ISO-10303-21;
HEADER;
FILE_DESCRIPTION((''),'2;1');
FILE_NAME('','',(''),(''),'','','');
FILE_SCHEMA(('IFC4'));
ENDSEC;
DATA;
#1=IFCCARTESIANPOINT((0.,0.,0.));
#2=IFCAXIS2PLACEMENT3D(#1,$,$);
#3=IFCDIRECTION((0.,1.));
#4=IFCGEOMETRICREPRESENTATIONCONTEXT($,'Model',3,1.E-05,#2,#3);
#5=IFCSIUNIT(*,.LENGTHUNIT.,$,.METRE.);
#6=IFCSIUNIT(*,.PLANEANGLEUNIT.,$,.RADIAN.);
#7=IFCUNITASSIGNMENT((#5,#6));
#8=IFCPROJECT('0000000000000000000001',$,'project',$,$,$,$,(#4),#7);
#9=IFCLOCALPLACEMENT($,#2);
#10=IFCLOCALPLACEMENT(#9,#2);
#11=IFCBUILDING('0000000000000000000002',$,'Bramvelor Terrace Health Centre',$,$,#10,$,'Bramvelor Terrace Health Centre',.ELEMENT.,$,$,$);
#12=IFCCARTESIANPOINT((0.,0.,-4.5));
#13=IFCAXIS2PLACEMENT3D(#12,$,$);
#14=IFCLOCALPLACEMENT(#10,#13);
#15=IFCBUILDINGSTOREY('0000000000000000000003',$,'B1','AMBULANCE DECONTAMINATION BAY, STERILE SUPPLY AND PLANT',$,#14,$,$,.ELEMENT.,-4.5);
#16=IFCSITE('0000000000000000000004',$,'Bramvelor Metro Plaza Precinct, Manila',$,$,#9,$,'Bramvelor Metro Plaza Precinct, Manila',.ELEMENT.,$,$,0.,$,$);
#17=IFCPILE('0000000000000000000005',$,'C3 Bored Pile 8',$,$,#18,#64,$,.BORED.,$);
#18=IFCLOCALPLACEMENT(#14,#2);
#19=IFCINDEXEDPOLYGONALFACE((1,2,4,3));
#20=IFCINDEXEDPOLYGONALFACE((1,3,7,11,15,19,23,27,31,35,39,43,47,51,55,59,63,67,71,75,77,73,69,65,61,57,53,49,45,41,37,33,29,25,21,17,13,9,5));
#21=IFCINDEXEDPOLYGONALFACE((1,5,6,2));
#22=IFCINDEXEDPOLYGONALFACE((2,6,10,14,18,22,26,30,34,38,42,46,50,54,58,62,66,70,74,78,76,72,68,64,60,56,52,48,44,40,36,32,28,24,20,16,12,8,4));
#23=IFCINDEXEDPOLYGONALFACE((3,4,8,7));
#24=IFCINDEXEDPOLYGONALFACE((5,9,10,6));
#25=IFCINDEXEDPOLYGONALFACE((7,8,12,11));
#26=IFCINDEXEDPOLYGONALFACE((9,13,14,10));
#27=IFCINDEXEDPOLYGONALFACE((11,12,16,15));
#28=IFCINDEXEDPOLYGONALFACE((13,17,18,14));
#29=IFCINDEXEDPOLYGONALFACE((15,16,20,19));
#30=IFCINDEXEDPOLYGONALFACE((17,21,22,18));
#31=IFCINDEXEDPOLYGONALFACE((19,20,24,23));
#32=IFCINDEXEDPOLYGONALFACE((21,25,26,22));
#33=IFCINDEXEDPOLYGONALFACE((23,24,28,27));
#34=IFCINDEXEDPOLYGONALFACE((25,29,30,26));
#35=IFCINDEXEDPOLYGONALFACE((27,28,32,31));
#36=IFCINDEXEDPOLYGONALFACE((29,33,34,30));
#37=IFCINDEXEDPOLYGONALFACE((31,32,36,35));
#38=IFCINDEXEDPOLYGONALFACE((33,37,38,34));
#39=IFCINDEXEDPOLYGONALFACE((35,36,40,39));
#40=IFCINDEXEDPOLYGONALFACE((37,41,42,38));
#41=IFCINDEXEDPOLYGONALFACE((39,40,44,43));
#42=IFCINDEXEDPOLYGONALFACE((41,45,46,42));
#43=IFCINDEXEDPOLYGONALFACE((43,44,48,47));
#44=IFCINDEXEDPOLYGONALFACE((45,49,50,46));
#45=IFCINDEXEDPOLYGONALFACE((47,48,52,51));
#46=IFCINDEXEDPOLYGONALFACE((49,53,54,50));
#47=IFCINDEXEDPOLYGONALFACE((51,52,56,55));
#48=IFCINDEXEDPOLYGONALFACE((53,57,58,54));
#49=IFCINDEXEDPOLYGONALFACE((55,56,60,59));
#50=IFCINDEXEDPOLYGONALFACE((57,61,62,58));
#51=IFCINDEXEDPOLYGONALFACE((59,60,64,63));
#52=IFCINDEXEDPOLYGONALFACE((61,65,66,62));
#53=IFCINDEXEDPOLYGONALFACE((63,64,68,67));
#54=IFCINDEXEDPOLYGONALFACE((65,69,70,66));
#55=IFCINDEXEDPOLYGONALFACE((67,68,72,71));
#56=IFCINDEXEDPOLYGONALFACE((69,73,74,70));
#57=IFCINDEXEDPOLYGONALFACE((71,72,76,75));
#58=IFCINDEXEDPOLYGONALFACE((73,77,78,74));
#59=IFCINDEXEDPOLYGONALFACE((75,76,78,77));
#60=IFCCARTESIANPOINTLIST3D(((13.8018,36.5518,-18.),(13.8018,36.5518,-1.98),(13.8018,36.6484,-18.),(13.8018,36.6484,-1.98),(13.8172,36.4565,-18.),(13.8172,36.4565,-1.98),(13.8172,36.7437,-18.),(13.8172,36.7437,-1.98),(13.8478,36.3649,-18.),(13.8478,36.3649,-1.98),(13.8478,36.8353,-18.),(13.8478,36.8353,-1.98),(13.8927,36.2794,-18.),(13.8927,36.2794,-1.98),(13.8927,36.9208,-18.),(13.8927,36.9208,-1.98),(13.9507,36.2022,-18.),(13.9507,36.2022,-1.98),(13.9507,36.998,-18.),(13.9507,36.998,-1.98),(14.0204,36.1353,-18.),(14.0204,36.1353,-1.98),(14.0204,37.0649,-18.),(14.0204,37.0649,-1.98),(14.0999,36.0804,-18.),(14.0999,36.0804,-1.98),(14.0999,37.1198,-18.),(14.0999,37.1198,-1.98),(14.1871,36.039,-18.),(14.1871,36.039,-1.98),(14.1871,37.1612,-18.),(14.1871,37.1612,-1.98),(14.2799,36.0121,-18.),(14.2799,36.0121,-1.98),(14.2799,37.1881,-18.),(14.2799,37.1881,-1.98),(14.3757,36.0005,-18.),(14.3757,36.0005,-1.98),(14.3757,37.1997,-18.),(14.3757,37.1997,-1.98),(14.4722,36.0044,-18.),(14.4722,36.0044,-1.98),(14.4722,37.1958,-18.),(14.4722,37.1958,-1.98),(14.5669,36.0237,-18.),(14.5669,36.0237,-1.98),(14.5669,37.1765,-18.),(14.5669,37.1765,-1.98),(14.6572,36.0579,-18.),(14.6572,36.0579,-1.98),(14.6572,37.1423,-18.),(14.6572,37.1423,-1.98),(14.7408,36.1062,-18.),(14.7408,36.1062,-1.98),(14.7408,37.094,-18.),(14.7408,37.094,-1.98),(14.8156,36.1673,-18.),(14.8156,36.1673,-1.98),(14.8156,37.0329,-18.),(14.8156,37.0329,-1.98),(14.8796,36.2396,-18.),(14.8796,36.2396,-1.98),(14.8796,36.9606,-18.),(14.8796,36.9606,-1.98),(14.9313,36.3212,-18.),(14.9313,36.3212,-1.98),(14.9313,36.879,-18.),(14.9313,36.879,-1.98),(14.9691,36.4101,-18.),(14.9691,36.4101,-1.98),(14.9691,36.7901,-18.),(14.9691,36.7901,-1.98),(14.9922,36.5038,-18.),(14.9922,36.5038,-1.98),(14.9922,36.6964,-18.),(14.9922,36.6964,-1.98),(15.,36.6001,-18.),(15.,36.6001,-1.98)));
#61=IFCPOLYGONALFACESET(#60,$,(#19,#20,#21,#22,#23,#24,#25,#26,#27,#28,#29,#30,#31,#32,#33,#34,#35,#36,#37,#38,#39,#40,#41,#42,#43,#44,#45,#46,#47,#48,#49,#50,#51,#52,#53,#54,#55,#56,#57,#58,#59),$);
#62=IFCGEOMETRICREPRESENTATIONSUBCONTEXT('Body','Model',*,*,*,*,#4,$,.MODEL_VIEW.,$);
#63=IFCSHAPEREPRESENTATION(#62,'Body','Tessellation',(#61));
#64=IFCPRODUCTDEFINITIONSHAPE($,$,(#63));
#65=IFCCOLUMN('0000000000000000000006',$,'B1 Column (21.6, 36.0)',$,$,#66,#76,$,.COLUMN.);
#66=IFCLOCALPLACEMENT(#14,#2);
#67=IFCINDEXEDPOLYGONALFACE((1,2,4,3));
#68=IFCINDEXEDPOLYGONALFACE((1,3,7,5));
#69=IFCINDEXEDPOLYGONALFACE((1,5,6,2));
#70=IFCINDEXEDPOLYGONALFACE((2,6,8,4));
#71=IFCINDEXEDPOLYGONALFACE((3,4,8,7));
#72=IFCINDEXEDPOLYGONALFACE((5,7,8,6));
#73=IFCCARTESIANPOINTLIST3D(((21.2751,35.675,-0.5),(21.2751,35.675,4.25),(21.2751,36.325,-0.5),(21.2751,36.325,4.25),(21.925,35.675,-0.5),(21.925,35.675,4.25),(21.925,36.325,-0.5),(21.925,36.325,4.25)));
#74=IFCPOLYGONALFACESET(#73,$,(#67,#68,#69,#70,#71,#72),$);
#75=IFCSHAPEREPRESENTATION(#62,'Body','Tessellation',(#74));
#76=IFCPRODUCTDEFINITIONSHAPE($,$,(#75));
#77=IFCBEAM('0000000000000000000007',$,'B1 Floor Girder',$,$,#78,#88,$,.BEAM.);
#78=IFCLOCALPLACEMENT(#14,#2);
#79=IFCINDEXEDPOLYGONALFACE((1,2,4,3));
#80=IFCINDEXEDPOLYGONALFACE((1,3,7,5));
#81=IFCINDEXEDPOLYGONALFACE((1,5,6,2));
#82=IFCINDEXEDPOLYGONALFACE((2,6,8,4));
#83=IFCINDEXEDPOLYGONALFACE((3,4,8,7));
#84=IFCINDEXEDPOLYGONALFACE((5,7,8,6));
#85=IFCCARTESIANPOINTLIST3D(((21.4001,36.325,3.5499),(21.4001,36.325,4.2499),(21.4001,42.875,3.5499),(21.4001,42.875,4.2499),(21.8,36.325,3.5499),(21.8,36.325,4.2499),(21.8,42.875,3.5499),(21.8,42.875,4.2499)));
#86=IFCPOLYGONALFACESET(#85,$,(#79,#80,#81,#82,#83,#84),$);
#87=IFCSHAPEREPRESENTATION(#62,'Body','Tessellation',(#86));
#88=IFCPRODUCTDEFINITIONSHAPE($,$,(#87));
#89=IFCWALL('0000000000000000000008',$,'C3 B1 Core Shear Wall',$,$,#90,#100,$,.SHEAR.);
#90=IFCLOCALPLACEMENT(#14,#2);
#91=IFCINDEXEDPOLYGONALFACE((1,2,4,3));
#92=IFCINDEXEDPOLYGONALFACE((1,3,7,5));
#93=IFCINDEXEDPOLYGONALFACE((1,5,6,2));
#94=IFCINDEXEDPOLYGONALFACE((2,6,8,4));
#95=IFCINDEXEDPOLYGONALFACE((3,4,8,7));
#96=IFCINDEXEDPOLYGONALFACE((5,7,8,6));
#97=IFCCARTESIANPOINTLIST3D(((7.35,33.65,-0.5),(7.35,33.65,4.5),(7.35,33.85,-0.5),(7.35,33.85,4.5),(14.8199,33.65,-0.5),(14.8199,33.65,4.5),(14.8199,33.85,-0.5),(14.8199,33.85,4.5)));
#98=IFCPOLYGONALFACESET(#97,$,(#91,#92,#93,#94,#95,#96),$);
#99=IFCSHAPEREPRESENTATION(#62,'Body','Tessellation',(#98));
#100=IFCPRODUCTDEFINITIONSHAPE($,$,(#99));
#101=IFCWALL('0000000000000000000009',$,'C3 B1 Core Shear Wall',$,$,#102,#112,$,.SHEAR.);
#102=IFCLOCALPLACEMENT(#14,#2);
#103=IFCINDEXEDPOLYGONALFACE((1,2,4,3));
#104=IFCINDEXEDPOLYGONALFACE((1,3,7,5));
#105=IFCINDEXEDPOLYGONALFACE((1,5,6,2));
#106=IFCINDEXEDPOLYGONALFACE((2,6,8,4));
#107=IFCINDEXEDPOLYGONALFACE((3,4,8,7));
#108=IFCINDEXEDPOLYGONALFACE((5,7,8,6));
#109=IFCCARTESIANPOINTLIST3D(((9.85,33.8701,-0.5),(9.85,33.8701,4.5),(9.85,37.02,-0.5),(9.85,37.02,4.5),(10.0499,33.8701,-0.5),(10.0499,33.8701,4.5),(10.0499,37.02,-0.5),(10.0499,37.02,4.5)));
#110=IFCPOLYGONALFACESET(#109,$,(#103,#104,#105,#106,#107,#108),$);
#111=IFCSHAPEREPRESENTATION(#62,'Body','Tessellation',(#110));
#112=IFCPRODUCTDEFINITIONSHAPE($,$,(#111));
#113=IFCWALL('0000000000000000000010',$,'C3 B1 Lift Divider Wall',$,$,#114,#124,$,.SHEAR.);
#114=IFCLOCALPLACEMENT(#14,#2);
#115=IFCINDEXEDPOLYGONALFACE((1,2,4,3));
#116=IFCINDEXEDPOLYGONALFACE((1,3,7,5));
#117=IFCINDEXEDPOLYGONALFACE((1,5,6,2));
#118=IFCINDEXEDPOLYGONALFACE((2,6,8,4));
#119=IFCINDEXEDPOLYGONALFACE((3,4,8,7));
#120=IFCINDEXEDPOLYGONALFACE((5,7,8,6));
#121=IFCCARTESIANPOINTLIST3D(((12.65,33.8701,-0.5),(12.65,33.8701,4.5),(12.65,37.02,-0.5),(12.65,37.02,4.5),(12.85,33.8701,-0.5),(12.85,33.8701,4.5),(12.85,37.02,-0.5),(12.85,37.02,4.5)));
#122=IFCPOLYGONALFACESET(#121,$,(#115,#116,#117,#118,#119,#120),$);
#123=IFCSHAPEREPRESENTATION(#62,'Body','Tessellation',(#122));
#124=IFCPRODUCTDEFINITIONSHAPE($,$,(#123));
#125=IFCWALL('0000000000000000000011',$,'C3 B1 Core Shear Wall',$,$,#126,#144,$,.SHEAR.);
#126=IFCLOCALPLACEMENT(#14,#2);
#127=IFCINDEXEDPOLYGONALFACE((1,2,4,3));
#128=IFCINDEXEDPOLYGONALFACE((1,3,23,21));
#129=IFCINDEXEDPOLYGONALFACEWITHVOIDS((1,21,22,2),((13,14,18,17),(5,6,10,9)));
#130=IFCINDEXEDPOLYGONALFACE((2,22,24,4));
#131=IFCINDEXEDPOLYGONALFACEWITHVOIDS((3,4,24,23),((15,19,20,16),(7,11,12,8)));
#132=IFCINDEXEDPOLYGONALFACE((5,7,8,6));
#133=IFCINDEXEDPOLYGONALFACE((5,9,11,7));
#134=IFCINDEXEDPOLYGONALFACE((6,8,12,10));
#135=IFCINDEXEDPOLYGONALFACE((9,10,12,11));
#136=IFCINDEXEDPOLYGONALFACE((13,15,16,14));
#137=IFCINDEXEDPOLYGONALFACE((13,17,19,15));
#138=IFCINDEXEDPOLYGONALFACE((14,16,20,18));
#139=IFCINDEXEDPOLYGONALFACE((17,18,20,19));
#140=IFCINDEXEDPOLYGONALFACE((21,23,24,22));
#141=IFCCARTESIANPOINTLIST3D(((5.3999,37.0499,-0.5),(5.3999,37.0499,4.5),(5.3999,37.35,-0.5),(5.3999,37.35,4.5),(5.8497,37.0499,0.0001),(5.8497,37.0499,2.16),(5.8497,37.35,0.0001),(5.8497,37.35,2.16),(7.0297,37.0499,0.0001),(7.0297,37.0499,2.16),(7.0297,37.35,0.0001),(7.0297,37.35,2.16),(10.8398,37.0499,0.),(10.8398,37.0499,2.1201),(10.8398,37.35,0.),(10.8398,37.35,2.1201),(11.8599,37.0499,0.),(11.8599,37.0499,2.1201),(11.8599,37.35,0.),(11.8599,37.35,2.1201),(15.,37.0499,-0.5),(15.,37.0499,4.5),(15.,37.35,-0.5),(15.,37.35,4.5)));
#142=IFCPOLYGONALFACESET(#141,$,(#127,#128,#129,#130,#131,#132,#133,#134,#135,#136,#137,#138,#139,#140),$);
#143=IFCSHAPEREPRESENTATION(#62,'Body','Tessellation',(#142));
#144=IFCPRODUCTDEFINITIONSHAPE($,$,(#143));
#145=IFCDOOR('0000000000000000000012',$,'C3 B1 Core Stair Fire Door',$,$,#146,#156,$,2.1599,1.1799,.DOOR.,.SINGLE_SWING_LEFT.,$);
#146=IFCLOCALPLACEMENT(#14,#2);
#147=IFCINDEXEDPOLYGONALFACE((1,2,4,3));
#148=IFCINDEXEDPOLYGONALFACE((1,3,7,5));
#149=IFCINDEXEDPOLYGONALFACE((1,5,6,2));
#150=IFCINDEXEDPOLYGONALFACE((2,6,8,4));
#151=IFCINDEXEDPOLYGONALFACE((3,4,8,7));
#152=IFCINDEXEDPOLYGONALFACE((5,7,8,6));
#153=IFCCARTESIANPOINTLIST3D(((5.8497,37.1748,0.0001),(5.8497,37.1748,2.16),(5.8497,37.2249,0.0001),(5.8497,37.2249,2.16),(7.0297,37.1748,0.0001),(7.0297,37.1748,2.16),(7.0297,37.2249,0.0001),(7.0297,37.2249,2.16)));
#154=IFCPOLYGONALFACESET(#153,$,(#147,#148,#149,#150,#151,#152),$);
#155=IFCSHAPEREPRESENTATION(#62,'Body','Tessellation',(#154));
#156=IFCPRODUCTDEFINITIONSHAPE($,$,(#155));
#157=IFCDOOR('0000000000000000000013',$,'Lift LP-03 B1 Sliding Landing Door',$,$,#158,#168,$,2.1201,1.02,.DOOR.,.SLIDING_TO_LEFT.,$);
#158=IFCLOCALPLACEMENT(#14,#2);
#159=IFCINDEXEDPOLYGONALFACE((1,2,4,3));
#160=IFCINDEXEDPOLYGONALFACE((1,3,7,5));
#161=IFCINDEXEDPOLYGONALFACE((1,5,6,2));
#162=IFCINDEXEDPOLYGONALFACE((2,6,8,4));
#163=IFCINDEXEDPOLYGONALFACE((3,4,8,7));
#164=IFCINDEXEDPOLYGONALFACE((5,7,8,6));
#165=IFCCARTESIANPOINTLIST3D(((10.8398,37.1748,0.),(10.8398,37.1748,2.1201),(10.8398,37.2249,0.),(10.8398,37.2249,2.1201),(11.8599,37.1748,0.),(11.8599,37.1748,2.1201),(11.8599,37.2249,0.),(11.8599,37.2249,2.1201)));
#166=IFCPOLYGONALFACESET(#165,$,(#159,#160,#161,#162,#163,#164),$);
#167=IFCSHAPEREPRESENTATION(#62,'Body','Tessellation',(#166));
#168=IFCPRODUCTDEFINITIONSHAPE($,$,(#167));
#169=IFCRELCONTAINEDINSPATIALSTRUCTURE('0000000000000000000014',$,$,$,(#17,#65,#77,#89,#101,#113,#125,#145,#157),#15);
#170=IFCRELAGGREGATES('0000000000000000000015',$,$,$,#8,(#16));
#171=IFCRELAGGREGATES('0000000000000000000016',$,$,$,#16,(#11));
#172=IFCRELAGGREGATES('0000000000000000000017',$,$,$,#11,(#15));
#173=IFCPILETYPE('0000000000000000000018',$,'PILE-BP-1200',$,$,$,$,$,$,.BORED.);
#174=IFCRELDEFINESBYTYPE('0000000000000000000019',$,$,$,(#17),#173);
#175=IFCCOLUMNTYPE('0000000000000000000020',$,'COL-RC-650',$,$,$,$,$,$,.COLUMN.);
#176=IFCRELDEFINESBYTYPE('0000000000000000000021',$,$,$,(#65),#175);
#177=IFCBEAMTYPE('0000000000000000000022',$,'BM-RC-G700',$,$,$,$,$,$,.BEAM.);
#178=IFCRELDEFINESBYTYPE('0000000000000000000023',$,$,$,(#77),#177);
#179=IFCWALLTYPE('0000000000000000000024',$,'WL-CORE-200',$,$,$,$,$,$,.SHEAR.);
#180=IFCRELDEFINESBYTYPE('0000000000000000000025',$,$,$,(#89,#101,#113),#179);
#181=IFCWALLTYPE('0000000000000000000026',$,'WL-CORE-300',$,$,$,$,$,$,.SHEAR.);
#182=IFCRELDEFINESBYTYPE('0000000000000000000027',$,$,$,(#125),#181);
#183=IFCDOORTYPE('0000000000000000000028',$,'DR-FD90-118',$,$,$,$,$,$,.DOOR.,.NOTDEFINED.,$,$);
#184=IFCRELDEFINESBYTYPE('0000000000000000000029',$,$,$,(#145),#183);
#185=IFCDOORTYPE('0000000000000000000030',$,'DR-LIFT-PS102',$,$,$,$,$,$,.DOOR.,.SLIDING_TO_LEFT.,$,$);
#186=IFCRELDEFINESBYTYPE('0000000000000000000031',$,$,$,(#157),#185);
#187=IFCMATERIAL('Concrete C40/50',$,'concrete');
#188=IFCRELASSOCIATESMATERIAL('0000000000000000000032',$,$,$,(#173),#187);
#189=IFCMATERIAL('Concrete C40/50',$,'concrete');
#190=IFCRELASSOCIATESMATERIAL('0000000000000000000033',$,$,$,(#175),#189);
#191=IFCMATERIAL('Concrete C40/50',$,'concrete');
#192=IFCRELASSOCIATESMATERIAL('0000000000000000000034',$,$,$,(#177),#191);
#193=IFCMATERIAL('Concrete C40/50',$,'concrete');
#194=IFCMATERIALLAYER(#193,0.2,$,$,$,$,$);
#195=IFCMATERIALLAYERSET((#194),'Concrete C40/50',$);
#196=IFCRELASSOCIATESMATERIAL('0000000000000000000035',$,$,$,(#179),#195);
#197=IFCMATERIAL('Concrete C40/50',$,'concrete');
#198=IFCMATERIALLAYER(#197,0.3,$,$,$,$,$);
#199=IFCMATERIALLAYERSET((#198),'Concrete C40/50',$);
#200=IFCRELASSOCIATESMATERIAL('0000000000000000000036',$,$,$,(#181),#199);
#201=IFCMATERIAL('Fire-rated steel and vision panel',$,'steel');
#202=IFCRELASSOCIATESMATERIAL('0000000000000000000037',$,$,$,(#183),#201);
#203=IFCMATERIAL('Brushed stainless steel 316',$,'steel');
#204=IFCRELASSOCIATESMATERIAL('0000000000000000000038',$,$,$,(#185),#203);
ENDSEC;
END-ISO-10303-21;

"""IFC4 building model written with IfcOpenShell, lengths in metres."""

from ifc_helpers import new_model, si_unit, direction, frame, frame_2d, origin, origin_2d, place, context, subcontext, project, spatial, rectangle, circle, extrude, material, layer, layer_set, material_profile, profile_set, type_object, element, fill, save


model = new_model("IFC4")

# Units and contexts
model_context = context("Model", 3, precision=1e-05, world=origin(), true_north=direction((0.0, 1.0)))
body_context = subcontext(model_context, "Body", "Model", "MODEL_VIEW")
ifc_project = project(units=[si_unit("LENGTHUNIT", "METRE"), si_unit("PLANEANGLEUNIT", "RADIAN")], contexts=[model_context])

# Site, building, storey
site_placement = place(None, origin())
site = spatial("IfcSite", under=ifc_project, at=site_placement, Name="Bramvelor Metro Plaza Precinct, Manila", LongName="Bramvelor Metro Plaza Precinct, Manila", CompositionType="ELEMENT", RefElevation=0.0)
building_placement = place(site_placement, origin())
building = spatial("IfcBuilding", under=site, at=building_placement, Name="Bramvelor Terrace Health Centre", LongName="Bramvelor Terrace Health Centre", CompositionType="ELEMENT")
storey_placement = place(building_placement, frame((0.0, 0.0, -4.5)))
storey = spatial("IfcBuildingStorey", under=building, at=storey_placement, Name="B1", Description="AMBULANCE DECONTAMINATION BAY, STERILE SUPPLY AND PLANT", CompositionType="ELEMENT", Elevation=-4.5)

# Pile
ifc_material_1 = material(Name="Concrete C40/50", Category="concrete")
ifc_material_profile_1 = material_profile(ifc_material_1, circle(Radius=0.6001, at=origin_2d()), Name="BP D1200")
ifc_profile_set_1 = profile_set([ifc_material_profile_1], Name="Concrete C40/50")
pile_type_1 = type_object("IfcPileType", Name="PILE-BP-1200", PredefinedType="BORED", material=ifc_profile_set_1)
for number, where, z_axis, x_axis, name in (
    (1, (14.3999, 36.6001, -1.98), (0.0, 0.0, -1.0), (1.0, 0.0, 0.0), "C3 Bored Pile 8"),
):
    element("IfcPile", number, at=place(storey_placement, frame(where, z_axis=z_axis, x_axis=x_axis)), inside=storey, type_object=pile_type_1, Name=name, PredefinedType="BORED", context=body_context, shape_type="SweptSolid", body=[
        extrude(circle(Radius=0.6001, at=origin_2d()), origin(), (0.0, 0.0, 1.0), 16.02),
    ])

# Column
ifc_material_2 = material(Name="Concrete C40/50", Category="concrete")
ifc_material_profile_2 = material_profile(ifc_material_2, rectangle(XDim=0.6499, YDim=0.6499, at=origin_2d()), Name="RC 650x650")
ifc_profile_set_2 = profile_set([ifc_material_profile_2], Name="Concrete C40/50")
column_type = type_object("IfcColumnType", Name="COL-RC-650", PredefinedType="COLUMN", material=ifc_profile_set_2)
column_placement = place(storey_placement, frame((21.6001, 36.0, -0.5), z_axis=(0.0, 0.0, 1.0), x_axis=(1.0, 0.0, 0.0)))
element("IfcColumn", 2, at=column_placement, inside=storey, type_object=column_type, Name="B1 Column (21.6, 36.0)", PredefinedType="COLUMN", context=body_context, shape_type="SweptSolid", body=[
    extrude(rectangle(XDim=0.6499, YDim=0.6499, at=origin_2d()), origin(), (0.0, 0.0, 1.0), 4.75),
])

# Beam
ifc_material_3 = material(Name="Concrete C40/50", Category="concrete")
ifc_material_profile_3 = material_profile(ifc_material_3, rectangle(XDim=0.3999, YDim=0.7, at=origin_2d()), Name="RC 400x700")
ifc_profile_set_3 = profile_set([ifc_material_profile_3], Name="Concrete C40/50")
beam_type = type_object("IfcBeamType", Name="BM-RC-G700", PredefinedType="BEAM", material=ifc_profile_set_3)
beam_placement = place(storey_placement, frame((21.6001, 36.325, 3.8999), z_axis=(0.0, 1.0, 0.0), x_axis=(-1.0, 0.0, 0.0)))
element("IfcBeam", 3, at=beam_placement, inside=storey, type_object=beam_type, Name="B1 Floor Girder", PredefinedType="BEAM", context=body_context, shape_type="SweptSolid", body=[
    extrude(rectangle(XDim=0.3999, YDim=0.7, at=origin_2d()), origin(), (0.0, 0.0, 1.0), 6.55),
])

# Walls
ifc_material_4 = material(Name="Concrete C40/50", Category="concrete")
ifc_layer_1 = layer(ifc_material_4, 0.2)
ifc_layer_set_1 = layer_set([ifc_layer_1], Name="Concrete C40/50")
wall_type_1 = type_object("IfcWallType", Name="WL-CORE-200", PredefinedType="SHEAR", material=ifc_layer_set_1)
wall_1_placement = place(storey_placement, frame((7.3501, 33.75, -0.5), z_axis=(0.0, 0.0, 1.0), x_axis=(1.0, 0.0, 0.0)))
element("IfcWall", 4, at=wall_1_placement, inside=storey, type_object=wall_type_1, Name="C3 B1 Core Shear Wall", PredefinedType="SHEAR", context=body_context, shape_type="SweptSolid", body=[
    extrude(rectangle(XDim=7.47, YDim=0.2, at=frame_2d((3.7349, 0.0))), origin(), (0.0, 0.0, 1.0), 5.0),
])
for number, where, z_axis, x_axis, name in (
    (5, (9.95, 33.8701, -0.5), (0.0, 0.0, 1.0), (0.0, 1.0, 0.0), "C3 B1 Core Shear Wall"),
    (6, (12.75, 33.8701, -0.5), (0.0, 0.0, 1.0), (0.0, 1.0, 0.0), "C3 B1 Lift Divider Wall"),
):
    element("IfcWall", number, at=place(storey_placement, frame(where, z_axis=z_axis, x_axis=x_axis)), inside=storey, type_object=wall_type_1, Name=name, PredefinedType="SHEAR", context=body_context, shape_type="SweptSolid", body=[
        extrude(rectangle(XDim=3.1499, YDim=0.2, at=frame_2d((1.575, 0.0))), origin(), (0.0, 0.0, 1.0), 5.0),
    ])

# Wall, openings, doors
ifc_material_5 = material(Name="Concrete C40/50", Category="concrete")
ifc_layer_2 = layer(ifc_material_5, 0.3)
ifc_layer_set_2 = layer_set([ifc_layer_2], Name="Concrete C40/50")
wall_type_2 = type_object("IfcWallType", Name="WL-CORE-300", PredefinedType="SHEAR", material=ifc_layer_set_2)
wall_2_placement = place(storey_placement, frame((5.3999, 37.2, -0.5), z_axis=(0.0, 0.0, 1.0), x_axis=(1.0, 0.0, 0.0)))
wall_2 = element("IfcWall", 7, at=wall_2_placement, inside=storey, type_object=wall_type_2, Name="C3 B1 Core Shear Wall", PredefinedType="SHEAR", context=body_context, shape_type="SweptSolid", body=[
    extrude(rectangle(XDim=9.6001, YDim=0.3, at=frame_2d((4.8, 0.0))), origin(), (0.0, 0.0, 1.0), 5.0),
])
opening_1_placement = place(wall_2_placement, frame((0.45, 0.0, 0.5)))
opening_1 = element("IfcOpeningElement", 8, at=opening_1_placement, cuts=wall_2, PredefinedType="OPENING", context=body_context, shape_type="SweptSolid", body=[
    extrude(rectangle(XDim=1.1799, YDim=2.1599, at=frame_2d((0.5898, 1.0801))), frame((0.0, 0.1599, 0.0), z_axis=(0.0, -1.0, 0.0), x_axis=(1.0, 0.0, 0.0)), (0.0, 0.0, 1.0), 0.3201),
])
opening_2_placement = place(wall_2_placement, frame((5.4399, 0.0, 0.5)))
opening_2 = element("IfcOpeningElement", 9, at=opening_2_placement, cuts=wall_2, PredefinedType="OPENING", context=body_context, shape_type="SweptSolid", body=[
    extrude(rectangle(XDim=1.02, YDim=2.1201, at=frame_2d((0.51, 1.0601))), frame((0.0, 0.1599, 0.0), z_axis=(0.0, -1.0, 0.0), x_axis=(1.0, 0.0, 0.0)), (0.0, 0.0, 1.0), 0.3201),
])
ifc_material_6 = material(Name="Fire-rated steel and vision panel", Category="steel")
door_type_1 = type_object("IfcDoorType", Name="DR-FD90-118", OperationType="NOTDEFINED", PredefinedType="DOOR", material=ifc_material_6)
door_1_placement = place(opening_1_placement, origin())
door_1 = element("IfcDoor", 10, at=door_1_placement, inside=storey, type_object=door_type_1, Name="C3 B1 Core Stair Fire Door", OperationType="SINGLE_SWING_LEFT", OverallHeight=2.1599, OverallWidth=1.1799, PredefinedType="DOOR", context=body_context, shape_type="SweptSolid", body=[
    extrude(rectangle(XDim=1.1799, YDim=2.1599, at=frame_2d((0.5898, 1.0801))), frame((0.0, 0.0249, 0.0), z_axis=(0.0, -1.0, 0.0), x_axis=(1.0, 0.0, 0.0)), (0.0, 0.0, 1.0), 0.05),
])
fill(opening_1, door_1)
ifc_material_7 = material(Name="Brushed stainless steel 316", Category="steel")
door_type_2 = type_object("IfcDoorType", Name="DR-LIFT-PS102", OperationType="SLIDING_TO_LEFT", PredefinedType="DOOR", material=ifc_material_7)
door_2_placement = place(opening_2_placement, origin())
door_2 = element("IfcDoor", 11, at=door_2_placement, inside=storey, type_object=door_type_2, Name="Lift LP-03 B1 Sliding Landing Door", OperationType="SLIDING_TO_LEFT", OverallHeight=2.1201, OverallWidth=1.02, PredefinedType="DOOR", context=body_context, shape_type="SweptSolid", body=[
    extrude(rectangle(XDim=1.02, YDim=2.1201, at=frame_2d((0.51, 1.0601))), frame((0.0, 0.0249, 0.0), z_axis=(0.0, -1.0, 0.0), x_axis=(1.0, 0.0, 0.0)), (0.0, 0.0, 1.0), 0.05),
])
fill(opening_2, door_2)

save(model, "model.ifc")
